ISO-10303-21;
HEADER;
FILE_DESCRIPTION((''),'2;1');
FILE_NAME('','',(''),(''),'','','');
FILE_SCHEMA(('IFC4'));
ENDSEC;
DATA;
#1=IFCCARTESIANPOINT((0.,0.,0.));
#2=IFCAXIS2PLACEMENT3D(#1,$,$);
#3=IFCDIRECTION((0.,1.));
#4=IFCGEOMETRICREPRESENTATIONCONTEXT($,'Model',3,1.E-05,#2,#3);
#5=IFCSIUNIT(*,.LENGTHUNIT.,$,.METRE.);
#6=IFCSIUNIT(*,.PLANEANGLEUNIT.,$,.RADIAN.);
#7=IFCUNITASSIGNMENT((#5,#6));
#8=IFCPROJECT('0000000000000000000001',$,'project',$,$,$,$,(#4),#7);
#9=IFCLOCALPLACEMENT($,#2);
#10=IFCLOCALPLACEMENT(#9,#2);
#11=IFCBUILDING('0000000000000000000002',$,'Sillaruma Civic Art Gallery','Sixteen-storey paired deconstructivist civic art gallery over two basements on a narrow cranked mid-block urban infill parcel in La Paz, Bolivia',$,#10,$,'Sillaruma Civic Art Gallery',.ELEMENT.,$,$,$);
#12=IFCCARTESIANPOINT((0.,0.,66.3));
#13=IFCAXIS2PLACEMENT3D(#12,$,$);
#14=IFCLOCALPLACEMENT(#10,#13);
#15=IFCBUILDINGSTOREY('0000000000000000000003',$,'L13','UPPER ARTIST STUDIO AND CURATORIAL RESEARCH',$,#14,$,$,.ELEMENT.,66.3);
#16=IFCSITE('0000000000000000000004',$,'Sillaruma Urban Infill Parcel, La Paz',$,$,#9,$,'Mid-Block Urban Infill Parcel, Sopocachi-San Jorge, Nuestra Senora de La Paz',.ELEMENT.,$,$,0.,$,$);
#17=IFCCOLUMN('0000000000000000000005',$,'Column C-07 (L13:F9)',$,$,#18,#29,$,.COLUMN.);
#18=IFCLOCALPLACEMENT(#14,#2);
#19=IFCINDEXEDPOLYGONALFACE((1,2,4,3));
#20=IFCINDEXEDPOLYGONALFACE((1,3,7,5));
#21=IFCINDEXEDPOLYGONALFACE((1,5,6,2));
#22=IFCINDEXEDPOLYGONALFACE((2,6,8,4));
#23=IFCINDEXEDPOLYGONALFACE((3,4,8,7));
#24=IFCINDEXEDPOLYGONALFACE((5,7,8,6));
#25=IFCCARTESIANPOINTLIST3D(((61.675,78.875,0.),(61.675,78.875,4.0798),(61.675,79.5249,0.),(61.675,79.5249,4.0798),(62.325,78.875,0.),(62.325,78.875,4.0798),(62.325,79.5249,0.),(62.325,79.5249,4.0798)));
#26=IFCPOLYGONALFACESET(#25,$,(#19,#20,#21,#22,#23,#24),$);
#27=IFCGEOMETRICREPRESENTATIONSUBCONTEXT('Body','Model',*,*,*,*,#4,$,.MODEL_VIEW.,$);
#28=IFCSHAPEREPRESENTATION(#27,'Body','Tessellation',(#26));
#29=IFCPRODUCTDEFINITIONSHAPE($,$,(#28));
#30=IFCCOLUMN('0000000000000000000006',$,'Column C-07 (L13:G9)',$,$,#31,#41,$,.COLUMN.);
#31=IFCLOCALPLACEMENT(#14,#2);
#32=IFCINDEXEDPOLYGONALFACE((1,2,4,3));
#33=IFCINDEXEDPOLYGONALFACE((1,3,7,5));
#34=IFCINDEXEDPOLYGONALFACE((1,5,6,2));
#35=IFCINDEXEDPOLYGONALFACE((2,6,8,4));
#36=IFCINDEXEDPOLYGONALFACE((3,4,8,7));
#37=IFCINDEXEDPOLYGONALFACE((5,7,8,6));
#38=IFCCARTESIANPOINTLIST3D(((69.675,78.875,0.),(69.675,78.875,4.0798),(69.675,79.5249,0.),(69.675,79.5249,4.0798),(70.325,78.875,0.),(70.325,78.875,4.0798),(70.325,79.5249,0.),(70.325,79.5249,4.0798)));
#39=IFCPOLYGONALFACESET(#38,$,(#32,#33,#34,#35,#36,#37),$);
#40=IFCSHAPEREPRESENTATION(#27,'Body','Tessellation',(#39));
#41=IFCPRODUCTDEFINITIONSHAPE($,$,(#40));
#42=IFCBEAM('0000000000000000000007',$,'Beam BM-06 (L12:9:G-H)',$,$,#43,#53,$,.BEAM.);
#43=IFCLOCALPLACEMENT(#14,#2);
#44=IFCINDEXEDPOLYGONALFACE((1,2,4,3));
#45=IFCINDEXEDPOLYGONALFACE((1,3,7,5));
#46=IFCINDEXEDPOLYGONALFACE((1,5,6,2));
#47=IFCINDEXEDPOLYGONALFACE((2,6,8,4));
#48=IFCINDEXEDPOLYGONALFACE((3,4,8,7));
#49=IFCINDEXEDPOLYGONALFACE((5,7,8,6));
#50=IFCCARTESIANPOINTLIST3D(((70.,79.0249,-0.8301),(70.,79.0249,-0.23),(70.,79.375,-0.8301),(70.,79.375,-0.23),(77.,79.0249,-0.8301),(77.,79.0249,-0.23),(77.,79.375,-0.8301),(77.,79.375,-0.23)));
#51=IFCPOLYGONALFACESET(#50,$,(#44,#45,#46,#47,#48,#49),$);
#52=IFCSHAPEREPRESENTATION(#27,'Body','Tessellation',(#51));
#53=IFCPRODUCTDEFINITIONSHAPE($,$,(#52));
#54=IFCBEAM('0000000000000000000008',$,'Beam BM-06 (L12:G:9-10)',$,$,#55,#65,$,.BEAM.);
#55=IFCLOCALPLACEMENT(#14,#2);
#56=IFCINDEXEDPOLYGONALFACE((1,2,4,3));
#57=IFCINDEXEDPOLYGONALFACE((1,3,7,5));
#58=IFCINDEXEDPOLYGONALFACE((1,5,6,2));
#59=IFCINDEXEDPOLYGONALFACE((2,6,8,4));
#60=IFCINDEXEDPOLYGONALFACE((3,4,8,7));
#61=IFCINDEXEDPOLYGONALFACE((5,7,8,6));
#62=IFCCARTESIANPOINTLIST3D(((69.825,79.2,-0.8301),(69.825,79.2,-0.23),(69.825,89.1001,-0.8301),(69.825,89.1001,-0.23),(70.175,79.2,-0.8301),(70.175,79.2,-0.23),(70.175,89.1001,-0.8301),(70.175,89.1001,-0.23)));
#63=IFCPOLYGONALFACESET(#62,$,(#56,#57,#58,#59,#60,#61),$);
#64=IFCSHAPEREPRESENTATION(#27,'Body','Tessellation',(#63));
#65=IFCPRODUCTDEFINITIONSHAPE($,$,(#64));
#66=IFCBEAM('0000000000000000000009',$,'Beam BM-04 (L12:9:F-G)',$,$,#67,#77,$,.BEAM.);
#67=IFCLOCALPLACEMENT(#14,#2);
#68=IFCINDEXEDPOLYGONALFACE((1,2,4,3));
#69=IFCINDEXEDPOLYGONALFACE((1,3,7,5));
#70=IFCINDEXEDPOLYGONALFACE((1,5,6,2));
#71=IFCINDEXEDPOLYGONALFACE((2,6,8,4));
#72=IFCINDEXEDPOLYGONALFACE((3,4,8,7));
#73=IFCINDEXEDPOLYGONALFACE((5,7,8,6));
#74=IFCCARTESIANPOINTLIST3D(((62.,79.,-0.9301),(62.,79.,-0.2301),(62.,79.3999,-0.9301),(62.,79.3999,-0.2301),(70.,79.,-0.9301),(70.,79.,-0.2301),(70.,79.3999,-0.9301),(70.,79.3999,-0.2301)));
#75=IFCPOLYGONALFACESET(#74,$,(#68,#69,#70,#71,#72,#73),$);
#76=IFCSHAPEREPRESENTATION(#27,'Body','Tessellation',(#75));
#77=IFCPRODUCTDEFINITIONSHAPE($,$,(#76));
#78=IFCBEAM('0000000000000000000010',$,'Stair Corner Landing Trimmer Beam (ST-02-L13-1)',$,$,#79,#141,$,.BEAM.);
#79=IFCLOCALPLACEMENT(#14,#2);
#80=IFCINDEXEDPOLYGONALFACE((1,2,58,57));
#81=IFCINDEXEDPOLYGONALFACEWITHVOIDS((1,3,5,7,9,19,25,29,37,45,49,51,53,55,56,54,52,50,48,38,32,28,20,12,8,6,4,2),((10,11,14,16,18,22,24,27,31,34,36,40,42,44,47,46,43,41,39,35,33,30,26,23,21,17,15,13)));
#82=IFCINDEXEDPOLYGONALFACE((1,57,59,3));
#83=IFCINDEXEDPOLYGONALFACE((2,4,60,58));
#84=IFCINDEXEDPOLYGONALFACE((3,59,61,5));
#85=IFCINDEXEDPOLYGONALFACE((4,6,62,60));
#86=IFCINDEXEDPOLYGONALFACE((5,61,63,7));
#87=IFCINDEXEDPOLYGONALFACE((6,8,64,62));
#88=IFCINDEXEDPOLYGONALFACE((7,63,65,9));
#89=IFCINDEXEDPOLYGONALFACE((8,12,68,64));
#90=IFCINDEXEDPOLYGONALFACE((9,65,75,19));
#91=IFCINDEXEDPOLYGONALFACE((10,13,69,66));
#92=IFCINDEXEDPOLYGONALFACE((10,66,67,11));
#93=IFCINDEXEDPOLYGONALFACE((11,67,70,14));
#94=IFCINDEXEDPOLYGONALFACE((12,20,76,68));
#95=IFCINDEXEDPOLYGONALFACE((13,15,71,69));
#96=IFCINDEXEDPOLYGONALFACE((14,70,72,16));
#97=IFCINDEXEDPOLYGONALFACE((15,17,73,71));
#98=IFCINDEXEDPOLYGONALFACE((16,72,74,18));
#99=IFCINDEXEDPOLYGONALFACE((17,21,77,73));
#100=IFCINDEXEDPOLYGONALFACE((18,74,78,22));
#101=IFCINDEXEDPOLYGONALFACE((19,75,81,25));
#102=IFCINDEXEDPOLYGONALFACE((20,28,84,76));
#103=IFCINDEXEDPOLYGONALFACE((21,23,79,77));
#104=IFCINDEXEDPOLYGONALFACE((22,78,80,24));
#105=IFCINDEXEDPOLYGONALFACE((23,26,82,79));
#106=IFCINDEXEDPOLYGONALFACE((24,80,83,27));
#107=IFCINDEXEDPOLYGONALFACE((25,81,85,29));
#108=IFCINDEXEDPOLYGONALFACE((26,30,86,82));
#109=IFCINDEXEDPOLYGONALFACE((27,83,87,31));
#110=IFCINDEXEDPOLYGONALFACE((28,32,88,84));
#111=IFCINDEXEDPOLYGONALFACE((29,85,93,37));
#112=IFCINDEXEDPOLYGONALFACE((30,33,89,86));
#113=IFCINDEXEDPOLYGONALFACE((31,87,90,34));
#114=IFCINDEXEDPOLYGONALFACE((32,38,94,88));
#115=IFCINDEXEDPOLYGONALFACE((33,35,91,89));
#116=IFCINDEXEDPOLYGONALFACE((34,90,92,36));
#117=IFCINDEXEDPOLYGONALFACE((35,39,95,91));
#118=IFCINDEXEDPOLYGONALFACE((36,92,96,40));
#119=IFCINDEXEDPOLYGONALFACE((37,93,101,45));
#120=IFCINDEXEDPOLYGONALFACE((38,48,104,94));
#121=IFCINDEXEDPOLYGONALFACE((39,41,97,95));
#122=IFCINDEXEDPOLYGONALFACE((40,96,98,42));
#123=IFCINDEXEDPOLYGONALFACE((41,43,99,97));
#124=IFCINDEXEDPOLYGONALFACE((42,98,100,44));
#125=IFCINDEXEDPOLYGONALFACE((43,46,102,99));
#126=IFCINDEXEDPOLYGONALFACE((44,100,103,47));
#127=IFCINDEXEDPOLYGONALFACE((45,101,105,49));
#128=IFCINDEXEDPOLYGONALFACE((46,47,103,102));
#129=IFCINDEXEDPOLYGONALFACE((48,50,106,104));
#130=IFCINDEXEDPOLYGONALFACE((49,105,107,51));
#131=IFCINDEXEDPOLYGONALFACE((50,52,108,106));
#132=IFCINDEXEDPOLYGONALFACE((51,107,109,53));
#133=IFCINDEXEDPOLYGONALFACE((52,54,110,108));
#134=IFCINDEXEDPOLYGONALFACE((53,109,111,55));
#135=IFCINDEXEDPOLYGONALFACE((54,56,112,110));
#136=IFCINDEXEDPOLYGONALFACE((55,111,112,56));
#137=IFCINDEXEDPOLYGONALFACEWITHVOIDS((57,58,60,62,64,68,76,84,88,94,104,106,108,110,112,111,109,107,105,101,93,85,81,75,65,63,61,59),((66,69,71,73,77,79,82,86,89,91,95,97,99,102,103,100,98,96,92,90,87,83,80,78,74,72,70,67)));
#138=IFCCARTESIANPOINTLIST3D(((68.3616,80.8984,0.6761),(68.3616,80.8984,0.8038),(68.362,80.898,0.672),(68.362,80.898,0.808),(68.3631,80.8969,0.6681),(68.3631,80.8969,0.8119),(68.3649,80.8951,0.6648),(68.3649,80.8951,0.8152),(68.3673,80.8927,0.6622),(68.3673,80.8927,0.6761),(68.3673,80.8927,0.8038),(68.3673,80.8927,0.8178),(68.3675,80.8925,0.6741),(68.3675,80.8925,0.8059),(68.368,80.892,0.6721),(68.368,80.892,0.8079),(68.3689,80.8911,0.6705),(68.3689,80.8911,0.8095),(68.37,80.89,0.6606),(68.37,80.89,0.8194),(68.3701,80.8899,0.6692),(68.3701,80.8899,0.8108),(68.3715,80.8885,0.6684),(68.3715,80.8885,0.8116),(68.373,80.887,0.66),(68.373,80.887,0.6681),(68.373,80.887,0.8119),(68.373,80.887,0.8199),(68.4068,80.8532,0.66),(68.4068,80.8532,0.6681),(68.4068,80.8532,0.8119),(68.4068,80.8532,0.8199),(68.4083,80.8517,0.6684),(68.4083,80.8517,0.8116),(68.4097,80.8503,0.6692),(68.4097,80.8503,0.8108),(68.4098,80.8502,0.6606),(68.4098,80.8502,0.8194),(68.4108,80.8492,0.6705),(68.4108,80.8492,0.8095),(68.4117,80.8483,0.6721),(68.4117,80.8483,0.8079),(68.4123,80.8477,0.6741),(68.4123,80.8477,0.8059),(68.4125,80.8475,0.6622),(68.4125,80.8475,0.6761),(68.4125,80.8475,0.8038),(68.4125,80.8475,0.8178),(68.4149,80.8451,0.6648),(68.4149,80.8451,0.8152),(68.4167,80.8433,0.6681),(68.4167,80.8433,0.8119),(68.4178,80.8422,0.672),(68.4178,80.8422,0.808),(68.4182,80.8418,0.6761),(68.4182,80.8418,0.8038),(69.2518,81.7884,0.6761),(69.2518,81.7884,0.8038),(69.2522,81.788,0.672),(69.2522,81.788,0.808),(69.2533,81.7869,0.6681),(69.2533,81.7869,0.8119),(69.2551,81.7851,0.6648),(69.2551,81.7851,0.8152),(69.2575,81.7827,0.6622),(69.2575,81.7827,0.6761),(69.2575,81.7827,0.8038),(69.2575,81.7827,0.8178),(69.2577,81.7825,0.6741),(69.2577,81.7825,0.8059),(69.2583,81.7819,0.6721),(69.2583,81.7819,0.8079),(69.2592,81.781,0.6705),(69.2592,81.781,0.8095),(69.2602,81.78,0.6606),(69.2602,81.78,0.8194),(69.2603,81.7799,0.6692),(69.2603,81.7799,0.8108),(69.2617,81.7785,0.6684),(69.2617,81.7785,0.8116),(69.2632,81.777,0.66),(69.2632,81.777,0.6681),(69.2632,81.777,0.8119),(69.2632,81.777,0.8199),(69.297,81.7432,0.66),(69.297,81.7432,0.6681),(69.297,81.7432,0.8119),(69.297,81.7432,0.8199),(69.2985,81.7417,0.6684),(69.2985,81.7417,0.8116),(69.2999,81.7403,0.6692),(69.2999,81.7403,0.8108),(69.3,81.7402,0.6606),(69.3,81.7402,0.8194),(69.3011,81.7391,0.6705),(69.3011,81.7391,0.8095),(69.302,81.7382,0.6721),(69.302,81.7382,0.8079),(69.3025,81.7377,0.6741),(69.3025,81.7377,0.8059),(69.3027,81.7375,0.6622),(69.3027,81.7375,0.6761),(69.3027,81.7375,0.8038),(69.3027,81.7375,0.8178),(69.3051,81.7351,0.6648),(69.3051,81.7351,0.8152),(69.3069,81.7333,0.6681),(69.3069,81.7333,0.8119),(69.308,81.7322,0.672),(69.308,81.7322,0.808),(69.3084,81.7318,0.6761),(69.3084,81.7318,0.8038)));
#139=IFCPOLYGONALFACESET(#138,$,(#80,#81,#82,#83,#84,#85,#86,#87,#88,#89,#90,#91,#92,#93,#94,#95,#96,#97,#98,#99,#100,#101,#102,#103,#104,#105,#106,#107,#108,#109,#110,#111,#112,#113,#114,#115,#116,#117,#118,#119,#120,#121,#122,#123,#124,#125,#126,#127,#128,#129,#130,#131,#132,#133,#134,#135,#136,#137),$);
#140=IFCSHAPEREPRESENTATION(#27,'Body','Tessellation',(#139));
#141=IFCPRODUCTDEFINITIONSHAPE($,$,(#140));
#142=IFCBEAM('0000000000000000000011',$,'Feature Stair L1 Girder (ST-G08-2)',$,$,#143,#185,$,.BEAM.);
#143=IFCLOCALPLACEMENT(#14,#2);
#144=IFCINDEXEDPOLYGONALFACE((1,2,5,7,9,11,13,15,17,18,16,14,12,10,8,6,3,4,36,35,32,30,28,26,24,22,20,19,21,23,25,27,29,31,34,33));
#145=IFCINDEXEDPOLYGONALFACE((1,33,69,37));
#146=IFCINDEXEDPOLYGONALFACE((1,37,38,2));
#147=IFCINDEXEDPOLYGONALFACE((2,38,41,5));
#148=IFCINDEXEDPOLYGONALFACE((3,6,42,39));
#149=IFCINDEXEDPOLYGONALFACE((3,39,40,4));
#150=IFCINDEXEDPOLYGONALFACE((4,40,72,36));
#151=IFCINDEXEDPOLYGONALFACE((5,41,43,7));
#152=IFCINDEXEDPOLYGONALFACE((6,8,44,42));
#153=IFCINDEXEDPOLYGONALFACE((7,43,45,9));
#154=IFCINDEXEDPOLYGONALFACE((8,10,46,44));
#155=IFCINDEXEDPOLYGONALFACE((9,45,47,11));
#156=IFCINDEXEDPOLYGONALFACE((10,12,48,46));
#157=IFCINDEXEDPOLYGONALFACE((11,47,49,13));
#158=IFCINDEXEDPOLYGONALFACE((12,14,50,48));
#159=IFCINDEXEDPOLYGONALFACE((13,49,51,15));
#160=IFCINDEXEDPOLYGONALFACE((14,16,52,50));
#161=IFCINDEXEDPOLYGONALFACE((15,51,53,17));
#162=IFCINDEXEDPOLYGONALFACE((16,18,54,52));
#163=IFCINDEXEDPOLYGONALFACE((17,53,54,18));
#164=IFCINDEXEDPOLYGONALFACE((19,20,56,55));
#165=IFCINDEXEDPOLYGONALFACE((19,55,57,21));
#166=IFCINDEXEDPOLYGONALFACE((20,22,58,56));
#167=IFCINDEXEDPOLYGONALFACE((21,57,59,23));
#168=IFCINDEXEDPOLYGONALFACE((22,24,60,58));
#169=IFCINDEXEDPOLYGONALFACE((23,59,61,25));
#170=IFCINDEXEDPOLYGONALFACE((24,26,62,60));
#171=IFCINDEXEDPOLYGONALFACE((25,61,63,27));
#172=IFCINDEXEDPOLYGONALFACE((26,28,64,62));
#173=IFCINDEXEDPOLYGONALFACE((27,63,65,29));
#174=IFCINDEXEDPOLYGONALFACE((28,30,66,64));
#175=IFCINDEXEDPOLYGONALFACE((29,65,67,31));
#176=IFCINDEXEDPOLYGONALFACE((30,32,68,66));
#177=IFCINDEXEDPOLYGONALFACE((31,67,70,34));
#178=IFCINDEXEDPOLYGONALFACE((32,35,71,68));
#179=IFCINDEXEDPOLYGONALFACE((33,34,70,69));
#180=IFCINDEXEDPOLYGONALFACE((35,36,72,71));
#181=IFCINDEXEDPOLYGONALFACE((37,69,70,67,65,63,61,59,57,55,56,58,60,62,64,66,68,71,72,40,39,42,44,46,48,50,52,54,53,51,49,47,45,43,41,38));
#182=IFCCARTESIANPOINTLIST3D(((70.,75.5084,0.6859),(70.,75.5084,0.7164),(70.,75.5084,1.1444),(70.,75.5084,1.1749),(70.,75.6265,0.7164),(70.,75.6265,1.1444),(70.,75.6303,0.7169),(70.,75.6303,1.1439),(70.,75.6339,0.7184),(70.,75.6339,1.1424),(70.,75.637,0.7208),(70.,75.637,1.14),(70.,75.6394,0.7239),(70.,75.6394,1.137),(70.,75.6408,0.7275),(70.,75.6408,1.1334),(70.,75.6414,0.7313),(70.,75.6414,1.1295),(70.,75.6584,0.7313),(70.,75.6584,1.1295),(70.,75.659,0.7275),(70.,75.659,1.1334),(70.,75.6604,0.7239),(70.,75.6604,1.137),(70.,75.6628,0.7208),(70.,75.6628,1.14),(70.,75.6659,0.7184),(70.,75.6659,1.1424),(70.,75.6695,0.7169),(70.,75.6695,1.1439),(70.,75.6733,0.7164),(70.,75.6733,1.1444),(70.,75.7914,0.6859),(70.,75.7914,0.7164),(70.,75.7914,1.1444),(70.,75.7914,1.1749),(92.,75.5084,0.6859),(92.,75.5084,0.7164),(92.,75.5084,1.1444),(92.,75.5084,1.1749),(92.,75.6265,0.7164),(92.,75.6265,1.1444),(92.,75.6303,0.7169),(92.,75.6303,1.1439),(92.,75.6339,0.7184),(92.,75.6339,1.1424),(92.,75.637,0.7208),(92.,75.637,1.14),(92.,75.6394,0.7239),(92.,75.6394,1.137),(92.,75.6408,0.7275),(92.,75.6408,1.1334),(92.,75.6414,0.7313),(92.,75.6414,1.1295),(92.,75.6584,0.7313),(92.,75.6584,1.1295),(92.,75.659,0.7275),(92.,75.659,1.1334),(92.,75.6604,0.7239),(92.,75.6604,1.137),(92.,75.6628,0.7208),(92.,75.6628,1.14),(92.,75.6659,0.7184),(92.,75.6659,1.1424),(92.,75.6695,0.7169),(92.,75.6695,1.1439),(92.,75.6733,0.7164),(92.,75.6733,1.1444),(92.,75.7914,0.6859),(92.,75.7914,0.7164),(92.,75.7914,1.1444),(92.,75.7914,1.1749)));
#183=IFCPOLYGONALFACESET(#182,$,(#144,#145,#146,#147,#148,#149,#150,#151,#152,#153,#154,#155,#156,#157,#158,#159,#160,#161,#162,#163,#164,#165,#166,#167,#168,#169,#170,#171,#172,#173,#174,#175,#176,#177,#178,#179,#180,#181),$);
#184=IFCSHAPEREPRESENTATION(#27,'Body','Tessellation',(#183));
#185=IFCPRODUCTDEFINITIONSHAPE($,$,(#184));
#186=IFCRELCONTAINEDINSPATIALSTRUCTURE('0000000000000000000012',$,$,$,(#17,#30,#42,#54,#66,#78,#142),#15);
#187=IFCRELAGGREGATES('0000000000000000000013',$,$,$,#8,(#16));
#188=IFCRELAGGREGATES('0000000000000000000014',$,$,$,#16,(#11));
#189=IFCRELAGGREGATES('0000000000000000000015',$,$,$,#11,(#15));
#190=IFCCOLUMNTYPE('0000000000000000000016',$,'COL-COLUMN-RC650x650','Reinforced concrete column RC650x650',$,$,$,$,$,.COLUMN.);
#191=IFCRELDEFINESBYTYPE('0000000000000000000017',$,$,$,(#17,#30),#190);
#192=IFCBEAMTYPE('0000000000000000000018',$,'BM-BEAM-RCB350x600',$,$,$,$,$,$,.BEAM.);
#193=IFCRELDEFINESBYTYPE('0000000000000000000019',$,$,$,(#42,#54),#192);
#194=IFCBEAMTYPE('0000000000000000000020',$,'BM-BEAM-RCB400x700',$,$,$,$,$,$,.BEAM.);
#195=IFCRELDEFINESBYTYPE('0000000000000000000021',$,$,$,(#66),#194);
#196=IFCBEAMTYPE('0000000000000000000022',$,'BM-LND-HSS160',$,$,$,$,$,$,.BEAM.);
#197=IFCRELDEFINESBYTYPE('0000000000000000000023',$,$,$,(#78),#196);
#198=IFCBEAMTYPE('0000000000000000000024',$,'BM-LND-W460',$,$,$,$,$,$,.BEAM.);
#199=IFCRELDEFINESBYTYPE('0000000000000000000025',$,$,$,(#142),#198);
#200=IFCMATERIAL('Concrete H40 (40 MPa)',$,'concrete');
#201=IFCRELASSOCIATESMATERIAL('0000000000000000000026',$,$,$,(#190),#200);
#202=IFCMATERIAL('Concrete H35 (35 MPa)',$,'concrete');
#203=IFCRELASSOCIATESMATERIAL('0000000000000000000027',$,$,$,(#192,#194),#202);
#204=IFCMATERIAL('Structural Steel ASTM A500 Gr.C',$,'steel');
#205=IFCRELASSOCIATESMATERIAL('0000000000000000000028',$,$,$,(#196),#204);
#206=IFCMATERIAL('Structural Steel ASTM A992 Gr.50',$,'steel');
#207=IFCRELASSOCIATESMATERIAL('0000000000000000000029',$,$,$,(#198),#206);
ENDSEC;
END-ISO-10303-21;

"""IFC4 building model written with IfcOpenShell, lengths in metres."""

from ifc_helpers import new_model, si_unit, direction, frame, origin, origin_2d, place, context, subcontext, project, spatial, rectangle, hollow_rectangle, i_section, extrude, material, material_profile, profile_set, type_object, element, save


model = new_model("IFC4")

# Units and contexts
model_context = context("Model", 3, precision=1e-05, world=origin(), true_north=direction((0.0, 1.0)))
body_context = subcontext(model_context, "Body", "Model", "MODEL_VIEW")
ifc_project = project(units=[si_unit("LENGTHUNIT", "METRE"), si_unit("PLANEANGLEUNIT", "RADIAN")], contexts=[model_context])

# Site, building, storey
site_placement = place(None, origin())
site = spatial("IfcSite", under=ifc_project, at=site_placement, Name="Sillaruma Urban Infill Parcel, La Paz", LongName="Mid-Block Urban Infill Parcel, Sopocachi-San Jorge, Nuestra Senora de La Paz", CompositionType="ELEMENT", RefElevation=0.0)
building_placement = place(site_placement, origin())
building = spatial("IfcBuilding", under=site, at=building_placement, Name="Sillaruma Civic Art Gallery", Description="Sixteen-storey paired deconstructivist civic art gallery over two basements on a narrow cranked mid-block urban infill parcel in La Paz, Bolivia", LongName="Sillaruma Civic Art Gallery", CompositionType="ELEMENT")
storey_placement = place(building_placement, frame((0.0, 0.0, 66.3)))
storey = spatial("IfcBuildingStorey", under=building, at=storey_placement, Name="L13", Description="UPPER ARTIST STUDIO AND CURATORIAL RESEARCH", CompositionType="ELEMENT", Elevation=66.3)

# Columns
ifc_material_1 = material(Name="Concrete H40 (40 MPa)", Category="concrete")
ifc_material_profile_1 = material_profile(ifc_material_1, rectangle(XDim=0.6499, YDim=0.6499, at=origin_2d()), Name="RC650x650")
ifc_profile_set_1 = profile_set([ifc_material_profile_1], Name="Concrete H40 (40 MPa)")
column_type = type_object("IfcColumnType", Name="COL-COLUMN-RC650x650", Description="Reinforced concrete column RC650x650", PredefinedType="COLUMN", material=ifc_profile_set_1)
for number, where, z_axis, x_axis, name in (
    (1, (62.0, 79.2, 0.0), (0.0, 0.0, 1.0), (1.0, 0.0, 0.0), "Column C-07 (L13:F9)"),
    (2, (70.0, 79.2, 0.0), (0.0, 0.0, 1.0), (1.0, 0.0, 0.0), "Column C-07 (L13:G9)"),
):
    element("IfcColumn", number, at=place(storey_placement, frame(where, z_axis=z_axis, x_axis=x_axis)), inside=storey, type_object=column_type, Name=name, PredefinedType="COLUMN", context=body_context, shape_type="SweptSolid", body=[
        extrude(rectangle(XDim=0.6499, YDim=0.6499, at=origin_2d()), origin(), (0.0, 0.0, 1.0), 4.0798),
    ])

# Beams
ifc_material_2 = material(Name="Concrete H35 (35 MPa)", Category="concrete")
ifc_material_profile_2 = material_profile(ifc_material_2, rectangle(XDim=0.3501, YDim=0.6001, at=origin_2d()), Name="RCB350x600")
ifc_profile_set_2 = profile_set([ifc_material_profile_2], Name="Concrete H35 (35 MPa)")
beam_type_1 = type_object("IfcBeamType", Name="BM-BEAM-RCB350x600", PredefinedType="BEAM", material=ifc_profile_set_2)
beam_1_placement = place(storey_placement, frame((70.0, 79.2, -0.53), z_axis=(1.0, 0.0, 0.0), x_axis=(0.0, 1.0, 0.0)))
element("IfcBeam", 3, at=beam_1_placement, inside=storey, type_object=beam_type_1, Name="Beam BM-06 (L12:9:G-H)", PredefinedType="BEAM", context=body_context, shape_type="SweptSolid", body=[
    extrude(rectangle(XDim=0.3501, YDim=0.6001, at=origin_2d()), origin(), (0.0, 0.0, 1.0), 7.0),
])
beam_2_placement = place(storey_placement, frame((70.0, 79.2, -0.53), z_axis=(0.0, 1.0, 0.0), x_axis=(-1.0, 0.0, 0.0)))
element("IfcBeam", 4, at=beam_2_placement, inside=storey, type_object=beam_type_1, Name="Beam BM-06 (L12:G:9-10)", PredefinedType="BEAM", context=body_context, shape_type="SweptSolid", body=[
    extrude(rectangle(XDim=0.3501, YDim=0.6001, at=origin_2d()), origin(), (0.0, 0.0, 1.0), 9.9001),
])
ifc_material_profile_3 = material_profile(ifc_material_2, rectangle(XDim=0.3999, YDim=0.7, at=origin_2d()), Name="RCB400x700")
ifc_profile_set_3 = profile_set([ifc_material_profile_3], Name="Concrete H35 (35 MPa)")
beam_type_2 = type_object("IfcBeamType", Name="BM-BEAM-RCB400x700", PredefinedType="BEAM", material=ifc_profile_set_3)
beam_3_placement = place(storey_placement, frame((62.0, 79.2, -0.5801), z_axis=(1.0, 0.0, 0.0), x_axis=(0.0, 1.0, 0.0)))
element("IfcBeam", 5, at=beam_3_placement, inside=storey, type_object=beam_type_2, Name="Beam BM-04 (L12:9:F-G)", PredefinedType="BEAM", context=body_context, shape_type="SweptSolid", body=[
    extrude(rectangle(XDim=0.3999, YDim=0.7, at=origin_2d()), origin(), (0.0, 0.0, 1.0), 8.0),
])
ifc_material_3 = material(Name="Structural Steel ASTM A500 Gr.C", Category="steel")
ifc_material_profile_4 = material_profile(ifc_material_3, hollow_rectangle(XDim=0.0801, YDim=0.1599, WallThickness=0.0081, InnerFilletRadius=0.0081, OuterFilletRadius=0.0161, at=origin_2d()), Name="HSS160x80x8")
ifc_profile_set_4 = profile_set([ifc_material_profile_4], Name="Structural Steel ASTM A500 Gr.C")
beam_type_3 = type_object("IfcBeamType", Name="BM-LND-HSS160", PredefinedType="BEAM", material=ifc_profile_set_4)
beam_4_placement = place(storey_placement, frame((68.3899, 80.8701, 0.74), z_axis=(0.707204, 0.70701, 0.0), x_axis=(-0.70701, 0.707204, 0.0)))
element("IfcBeam", 6, at=beam_4_placement, inside=storey, type_object=beam_type_3, Name="Stair Corner Landing Trimmer Beam (ST-02-L13-1)", PredefinedType="BEAM", context=body_context, shape_type="SweptSolid", body=[
    extrude(hollow_rectangle(XDim=0.0801, YDim=0.1599, WallThickness=0.0081, InnerFilletRadius=0.0081, OuterFilletRadius=0.0161, at=origin_2d()), origin(), (0.0, 0.0, 1.0), 1.2588),
])
ifc_material_4 = material(Name="Structural Steel ASTM A992 Gr.50", Category="steel")
ifc_material_profile_5 = material_profile(ifc_material_4, i_section(OverallWidth=0.283, OverallDepth=0.489, WebThickness=0.0171, FlangeThickness=0.0305, FilletRadius=0.0149, at=origin_2d()), Name="W460x193")
ifc_profile_set_5 = profile_set([ifc_material_profile_5], Name="Structural Steel ASTM A992 Gr.50")
beam_type_4 = type_object("IfcBeamType", Name="BM-LND-W460", PredefinedType="BEAM", material=ifc_profile_set_5)
for number, where, z_axis, x_axis, name in (
    (7, (70.0, 75.6499, 0.9304), (1.0, 0.0, 0.0), (0.0, 1.0, 0.0), "Feature Stair L1 Girder (ST-G08-2)"),
):
    element("IfcBeam", number, at=place(storey_placement, frame(where, z_axis=z_axis, x_axis=x_axis)), inside=storey, type_object=beam_type_4, Name=name, PredefinedType="BEAM", context=body_context, shape_type="SweptSolid", body=[
        extrude(i_section(OverallWidth=0.283, OverallDepth=0.489, WebThickness=0.0171, FlangeThickness=0.0305, FilletRadius=0.0149, at=origin_2d()), origin(), (0.0, 0.0, 1.0), 22.0),
    ])

save(model, "model.ifc")
